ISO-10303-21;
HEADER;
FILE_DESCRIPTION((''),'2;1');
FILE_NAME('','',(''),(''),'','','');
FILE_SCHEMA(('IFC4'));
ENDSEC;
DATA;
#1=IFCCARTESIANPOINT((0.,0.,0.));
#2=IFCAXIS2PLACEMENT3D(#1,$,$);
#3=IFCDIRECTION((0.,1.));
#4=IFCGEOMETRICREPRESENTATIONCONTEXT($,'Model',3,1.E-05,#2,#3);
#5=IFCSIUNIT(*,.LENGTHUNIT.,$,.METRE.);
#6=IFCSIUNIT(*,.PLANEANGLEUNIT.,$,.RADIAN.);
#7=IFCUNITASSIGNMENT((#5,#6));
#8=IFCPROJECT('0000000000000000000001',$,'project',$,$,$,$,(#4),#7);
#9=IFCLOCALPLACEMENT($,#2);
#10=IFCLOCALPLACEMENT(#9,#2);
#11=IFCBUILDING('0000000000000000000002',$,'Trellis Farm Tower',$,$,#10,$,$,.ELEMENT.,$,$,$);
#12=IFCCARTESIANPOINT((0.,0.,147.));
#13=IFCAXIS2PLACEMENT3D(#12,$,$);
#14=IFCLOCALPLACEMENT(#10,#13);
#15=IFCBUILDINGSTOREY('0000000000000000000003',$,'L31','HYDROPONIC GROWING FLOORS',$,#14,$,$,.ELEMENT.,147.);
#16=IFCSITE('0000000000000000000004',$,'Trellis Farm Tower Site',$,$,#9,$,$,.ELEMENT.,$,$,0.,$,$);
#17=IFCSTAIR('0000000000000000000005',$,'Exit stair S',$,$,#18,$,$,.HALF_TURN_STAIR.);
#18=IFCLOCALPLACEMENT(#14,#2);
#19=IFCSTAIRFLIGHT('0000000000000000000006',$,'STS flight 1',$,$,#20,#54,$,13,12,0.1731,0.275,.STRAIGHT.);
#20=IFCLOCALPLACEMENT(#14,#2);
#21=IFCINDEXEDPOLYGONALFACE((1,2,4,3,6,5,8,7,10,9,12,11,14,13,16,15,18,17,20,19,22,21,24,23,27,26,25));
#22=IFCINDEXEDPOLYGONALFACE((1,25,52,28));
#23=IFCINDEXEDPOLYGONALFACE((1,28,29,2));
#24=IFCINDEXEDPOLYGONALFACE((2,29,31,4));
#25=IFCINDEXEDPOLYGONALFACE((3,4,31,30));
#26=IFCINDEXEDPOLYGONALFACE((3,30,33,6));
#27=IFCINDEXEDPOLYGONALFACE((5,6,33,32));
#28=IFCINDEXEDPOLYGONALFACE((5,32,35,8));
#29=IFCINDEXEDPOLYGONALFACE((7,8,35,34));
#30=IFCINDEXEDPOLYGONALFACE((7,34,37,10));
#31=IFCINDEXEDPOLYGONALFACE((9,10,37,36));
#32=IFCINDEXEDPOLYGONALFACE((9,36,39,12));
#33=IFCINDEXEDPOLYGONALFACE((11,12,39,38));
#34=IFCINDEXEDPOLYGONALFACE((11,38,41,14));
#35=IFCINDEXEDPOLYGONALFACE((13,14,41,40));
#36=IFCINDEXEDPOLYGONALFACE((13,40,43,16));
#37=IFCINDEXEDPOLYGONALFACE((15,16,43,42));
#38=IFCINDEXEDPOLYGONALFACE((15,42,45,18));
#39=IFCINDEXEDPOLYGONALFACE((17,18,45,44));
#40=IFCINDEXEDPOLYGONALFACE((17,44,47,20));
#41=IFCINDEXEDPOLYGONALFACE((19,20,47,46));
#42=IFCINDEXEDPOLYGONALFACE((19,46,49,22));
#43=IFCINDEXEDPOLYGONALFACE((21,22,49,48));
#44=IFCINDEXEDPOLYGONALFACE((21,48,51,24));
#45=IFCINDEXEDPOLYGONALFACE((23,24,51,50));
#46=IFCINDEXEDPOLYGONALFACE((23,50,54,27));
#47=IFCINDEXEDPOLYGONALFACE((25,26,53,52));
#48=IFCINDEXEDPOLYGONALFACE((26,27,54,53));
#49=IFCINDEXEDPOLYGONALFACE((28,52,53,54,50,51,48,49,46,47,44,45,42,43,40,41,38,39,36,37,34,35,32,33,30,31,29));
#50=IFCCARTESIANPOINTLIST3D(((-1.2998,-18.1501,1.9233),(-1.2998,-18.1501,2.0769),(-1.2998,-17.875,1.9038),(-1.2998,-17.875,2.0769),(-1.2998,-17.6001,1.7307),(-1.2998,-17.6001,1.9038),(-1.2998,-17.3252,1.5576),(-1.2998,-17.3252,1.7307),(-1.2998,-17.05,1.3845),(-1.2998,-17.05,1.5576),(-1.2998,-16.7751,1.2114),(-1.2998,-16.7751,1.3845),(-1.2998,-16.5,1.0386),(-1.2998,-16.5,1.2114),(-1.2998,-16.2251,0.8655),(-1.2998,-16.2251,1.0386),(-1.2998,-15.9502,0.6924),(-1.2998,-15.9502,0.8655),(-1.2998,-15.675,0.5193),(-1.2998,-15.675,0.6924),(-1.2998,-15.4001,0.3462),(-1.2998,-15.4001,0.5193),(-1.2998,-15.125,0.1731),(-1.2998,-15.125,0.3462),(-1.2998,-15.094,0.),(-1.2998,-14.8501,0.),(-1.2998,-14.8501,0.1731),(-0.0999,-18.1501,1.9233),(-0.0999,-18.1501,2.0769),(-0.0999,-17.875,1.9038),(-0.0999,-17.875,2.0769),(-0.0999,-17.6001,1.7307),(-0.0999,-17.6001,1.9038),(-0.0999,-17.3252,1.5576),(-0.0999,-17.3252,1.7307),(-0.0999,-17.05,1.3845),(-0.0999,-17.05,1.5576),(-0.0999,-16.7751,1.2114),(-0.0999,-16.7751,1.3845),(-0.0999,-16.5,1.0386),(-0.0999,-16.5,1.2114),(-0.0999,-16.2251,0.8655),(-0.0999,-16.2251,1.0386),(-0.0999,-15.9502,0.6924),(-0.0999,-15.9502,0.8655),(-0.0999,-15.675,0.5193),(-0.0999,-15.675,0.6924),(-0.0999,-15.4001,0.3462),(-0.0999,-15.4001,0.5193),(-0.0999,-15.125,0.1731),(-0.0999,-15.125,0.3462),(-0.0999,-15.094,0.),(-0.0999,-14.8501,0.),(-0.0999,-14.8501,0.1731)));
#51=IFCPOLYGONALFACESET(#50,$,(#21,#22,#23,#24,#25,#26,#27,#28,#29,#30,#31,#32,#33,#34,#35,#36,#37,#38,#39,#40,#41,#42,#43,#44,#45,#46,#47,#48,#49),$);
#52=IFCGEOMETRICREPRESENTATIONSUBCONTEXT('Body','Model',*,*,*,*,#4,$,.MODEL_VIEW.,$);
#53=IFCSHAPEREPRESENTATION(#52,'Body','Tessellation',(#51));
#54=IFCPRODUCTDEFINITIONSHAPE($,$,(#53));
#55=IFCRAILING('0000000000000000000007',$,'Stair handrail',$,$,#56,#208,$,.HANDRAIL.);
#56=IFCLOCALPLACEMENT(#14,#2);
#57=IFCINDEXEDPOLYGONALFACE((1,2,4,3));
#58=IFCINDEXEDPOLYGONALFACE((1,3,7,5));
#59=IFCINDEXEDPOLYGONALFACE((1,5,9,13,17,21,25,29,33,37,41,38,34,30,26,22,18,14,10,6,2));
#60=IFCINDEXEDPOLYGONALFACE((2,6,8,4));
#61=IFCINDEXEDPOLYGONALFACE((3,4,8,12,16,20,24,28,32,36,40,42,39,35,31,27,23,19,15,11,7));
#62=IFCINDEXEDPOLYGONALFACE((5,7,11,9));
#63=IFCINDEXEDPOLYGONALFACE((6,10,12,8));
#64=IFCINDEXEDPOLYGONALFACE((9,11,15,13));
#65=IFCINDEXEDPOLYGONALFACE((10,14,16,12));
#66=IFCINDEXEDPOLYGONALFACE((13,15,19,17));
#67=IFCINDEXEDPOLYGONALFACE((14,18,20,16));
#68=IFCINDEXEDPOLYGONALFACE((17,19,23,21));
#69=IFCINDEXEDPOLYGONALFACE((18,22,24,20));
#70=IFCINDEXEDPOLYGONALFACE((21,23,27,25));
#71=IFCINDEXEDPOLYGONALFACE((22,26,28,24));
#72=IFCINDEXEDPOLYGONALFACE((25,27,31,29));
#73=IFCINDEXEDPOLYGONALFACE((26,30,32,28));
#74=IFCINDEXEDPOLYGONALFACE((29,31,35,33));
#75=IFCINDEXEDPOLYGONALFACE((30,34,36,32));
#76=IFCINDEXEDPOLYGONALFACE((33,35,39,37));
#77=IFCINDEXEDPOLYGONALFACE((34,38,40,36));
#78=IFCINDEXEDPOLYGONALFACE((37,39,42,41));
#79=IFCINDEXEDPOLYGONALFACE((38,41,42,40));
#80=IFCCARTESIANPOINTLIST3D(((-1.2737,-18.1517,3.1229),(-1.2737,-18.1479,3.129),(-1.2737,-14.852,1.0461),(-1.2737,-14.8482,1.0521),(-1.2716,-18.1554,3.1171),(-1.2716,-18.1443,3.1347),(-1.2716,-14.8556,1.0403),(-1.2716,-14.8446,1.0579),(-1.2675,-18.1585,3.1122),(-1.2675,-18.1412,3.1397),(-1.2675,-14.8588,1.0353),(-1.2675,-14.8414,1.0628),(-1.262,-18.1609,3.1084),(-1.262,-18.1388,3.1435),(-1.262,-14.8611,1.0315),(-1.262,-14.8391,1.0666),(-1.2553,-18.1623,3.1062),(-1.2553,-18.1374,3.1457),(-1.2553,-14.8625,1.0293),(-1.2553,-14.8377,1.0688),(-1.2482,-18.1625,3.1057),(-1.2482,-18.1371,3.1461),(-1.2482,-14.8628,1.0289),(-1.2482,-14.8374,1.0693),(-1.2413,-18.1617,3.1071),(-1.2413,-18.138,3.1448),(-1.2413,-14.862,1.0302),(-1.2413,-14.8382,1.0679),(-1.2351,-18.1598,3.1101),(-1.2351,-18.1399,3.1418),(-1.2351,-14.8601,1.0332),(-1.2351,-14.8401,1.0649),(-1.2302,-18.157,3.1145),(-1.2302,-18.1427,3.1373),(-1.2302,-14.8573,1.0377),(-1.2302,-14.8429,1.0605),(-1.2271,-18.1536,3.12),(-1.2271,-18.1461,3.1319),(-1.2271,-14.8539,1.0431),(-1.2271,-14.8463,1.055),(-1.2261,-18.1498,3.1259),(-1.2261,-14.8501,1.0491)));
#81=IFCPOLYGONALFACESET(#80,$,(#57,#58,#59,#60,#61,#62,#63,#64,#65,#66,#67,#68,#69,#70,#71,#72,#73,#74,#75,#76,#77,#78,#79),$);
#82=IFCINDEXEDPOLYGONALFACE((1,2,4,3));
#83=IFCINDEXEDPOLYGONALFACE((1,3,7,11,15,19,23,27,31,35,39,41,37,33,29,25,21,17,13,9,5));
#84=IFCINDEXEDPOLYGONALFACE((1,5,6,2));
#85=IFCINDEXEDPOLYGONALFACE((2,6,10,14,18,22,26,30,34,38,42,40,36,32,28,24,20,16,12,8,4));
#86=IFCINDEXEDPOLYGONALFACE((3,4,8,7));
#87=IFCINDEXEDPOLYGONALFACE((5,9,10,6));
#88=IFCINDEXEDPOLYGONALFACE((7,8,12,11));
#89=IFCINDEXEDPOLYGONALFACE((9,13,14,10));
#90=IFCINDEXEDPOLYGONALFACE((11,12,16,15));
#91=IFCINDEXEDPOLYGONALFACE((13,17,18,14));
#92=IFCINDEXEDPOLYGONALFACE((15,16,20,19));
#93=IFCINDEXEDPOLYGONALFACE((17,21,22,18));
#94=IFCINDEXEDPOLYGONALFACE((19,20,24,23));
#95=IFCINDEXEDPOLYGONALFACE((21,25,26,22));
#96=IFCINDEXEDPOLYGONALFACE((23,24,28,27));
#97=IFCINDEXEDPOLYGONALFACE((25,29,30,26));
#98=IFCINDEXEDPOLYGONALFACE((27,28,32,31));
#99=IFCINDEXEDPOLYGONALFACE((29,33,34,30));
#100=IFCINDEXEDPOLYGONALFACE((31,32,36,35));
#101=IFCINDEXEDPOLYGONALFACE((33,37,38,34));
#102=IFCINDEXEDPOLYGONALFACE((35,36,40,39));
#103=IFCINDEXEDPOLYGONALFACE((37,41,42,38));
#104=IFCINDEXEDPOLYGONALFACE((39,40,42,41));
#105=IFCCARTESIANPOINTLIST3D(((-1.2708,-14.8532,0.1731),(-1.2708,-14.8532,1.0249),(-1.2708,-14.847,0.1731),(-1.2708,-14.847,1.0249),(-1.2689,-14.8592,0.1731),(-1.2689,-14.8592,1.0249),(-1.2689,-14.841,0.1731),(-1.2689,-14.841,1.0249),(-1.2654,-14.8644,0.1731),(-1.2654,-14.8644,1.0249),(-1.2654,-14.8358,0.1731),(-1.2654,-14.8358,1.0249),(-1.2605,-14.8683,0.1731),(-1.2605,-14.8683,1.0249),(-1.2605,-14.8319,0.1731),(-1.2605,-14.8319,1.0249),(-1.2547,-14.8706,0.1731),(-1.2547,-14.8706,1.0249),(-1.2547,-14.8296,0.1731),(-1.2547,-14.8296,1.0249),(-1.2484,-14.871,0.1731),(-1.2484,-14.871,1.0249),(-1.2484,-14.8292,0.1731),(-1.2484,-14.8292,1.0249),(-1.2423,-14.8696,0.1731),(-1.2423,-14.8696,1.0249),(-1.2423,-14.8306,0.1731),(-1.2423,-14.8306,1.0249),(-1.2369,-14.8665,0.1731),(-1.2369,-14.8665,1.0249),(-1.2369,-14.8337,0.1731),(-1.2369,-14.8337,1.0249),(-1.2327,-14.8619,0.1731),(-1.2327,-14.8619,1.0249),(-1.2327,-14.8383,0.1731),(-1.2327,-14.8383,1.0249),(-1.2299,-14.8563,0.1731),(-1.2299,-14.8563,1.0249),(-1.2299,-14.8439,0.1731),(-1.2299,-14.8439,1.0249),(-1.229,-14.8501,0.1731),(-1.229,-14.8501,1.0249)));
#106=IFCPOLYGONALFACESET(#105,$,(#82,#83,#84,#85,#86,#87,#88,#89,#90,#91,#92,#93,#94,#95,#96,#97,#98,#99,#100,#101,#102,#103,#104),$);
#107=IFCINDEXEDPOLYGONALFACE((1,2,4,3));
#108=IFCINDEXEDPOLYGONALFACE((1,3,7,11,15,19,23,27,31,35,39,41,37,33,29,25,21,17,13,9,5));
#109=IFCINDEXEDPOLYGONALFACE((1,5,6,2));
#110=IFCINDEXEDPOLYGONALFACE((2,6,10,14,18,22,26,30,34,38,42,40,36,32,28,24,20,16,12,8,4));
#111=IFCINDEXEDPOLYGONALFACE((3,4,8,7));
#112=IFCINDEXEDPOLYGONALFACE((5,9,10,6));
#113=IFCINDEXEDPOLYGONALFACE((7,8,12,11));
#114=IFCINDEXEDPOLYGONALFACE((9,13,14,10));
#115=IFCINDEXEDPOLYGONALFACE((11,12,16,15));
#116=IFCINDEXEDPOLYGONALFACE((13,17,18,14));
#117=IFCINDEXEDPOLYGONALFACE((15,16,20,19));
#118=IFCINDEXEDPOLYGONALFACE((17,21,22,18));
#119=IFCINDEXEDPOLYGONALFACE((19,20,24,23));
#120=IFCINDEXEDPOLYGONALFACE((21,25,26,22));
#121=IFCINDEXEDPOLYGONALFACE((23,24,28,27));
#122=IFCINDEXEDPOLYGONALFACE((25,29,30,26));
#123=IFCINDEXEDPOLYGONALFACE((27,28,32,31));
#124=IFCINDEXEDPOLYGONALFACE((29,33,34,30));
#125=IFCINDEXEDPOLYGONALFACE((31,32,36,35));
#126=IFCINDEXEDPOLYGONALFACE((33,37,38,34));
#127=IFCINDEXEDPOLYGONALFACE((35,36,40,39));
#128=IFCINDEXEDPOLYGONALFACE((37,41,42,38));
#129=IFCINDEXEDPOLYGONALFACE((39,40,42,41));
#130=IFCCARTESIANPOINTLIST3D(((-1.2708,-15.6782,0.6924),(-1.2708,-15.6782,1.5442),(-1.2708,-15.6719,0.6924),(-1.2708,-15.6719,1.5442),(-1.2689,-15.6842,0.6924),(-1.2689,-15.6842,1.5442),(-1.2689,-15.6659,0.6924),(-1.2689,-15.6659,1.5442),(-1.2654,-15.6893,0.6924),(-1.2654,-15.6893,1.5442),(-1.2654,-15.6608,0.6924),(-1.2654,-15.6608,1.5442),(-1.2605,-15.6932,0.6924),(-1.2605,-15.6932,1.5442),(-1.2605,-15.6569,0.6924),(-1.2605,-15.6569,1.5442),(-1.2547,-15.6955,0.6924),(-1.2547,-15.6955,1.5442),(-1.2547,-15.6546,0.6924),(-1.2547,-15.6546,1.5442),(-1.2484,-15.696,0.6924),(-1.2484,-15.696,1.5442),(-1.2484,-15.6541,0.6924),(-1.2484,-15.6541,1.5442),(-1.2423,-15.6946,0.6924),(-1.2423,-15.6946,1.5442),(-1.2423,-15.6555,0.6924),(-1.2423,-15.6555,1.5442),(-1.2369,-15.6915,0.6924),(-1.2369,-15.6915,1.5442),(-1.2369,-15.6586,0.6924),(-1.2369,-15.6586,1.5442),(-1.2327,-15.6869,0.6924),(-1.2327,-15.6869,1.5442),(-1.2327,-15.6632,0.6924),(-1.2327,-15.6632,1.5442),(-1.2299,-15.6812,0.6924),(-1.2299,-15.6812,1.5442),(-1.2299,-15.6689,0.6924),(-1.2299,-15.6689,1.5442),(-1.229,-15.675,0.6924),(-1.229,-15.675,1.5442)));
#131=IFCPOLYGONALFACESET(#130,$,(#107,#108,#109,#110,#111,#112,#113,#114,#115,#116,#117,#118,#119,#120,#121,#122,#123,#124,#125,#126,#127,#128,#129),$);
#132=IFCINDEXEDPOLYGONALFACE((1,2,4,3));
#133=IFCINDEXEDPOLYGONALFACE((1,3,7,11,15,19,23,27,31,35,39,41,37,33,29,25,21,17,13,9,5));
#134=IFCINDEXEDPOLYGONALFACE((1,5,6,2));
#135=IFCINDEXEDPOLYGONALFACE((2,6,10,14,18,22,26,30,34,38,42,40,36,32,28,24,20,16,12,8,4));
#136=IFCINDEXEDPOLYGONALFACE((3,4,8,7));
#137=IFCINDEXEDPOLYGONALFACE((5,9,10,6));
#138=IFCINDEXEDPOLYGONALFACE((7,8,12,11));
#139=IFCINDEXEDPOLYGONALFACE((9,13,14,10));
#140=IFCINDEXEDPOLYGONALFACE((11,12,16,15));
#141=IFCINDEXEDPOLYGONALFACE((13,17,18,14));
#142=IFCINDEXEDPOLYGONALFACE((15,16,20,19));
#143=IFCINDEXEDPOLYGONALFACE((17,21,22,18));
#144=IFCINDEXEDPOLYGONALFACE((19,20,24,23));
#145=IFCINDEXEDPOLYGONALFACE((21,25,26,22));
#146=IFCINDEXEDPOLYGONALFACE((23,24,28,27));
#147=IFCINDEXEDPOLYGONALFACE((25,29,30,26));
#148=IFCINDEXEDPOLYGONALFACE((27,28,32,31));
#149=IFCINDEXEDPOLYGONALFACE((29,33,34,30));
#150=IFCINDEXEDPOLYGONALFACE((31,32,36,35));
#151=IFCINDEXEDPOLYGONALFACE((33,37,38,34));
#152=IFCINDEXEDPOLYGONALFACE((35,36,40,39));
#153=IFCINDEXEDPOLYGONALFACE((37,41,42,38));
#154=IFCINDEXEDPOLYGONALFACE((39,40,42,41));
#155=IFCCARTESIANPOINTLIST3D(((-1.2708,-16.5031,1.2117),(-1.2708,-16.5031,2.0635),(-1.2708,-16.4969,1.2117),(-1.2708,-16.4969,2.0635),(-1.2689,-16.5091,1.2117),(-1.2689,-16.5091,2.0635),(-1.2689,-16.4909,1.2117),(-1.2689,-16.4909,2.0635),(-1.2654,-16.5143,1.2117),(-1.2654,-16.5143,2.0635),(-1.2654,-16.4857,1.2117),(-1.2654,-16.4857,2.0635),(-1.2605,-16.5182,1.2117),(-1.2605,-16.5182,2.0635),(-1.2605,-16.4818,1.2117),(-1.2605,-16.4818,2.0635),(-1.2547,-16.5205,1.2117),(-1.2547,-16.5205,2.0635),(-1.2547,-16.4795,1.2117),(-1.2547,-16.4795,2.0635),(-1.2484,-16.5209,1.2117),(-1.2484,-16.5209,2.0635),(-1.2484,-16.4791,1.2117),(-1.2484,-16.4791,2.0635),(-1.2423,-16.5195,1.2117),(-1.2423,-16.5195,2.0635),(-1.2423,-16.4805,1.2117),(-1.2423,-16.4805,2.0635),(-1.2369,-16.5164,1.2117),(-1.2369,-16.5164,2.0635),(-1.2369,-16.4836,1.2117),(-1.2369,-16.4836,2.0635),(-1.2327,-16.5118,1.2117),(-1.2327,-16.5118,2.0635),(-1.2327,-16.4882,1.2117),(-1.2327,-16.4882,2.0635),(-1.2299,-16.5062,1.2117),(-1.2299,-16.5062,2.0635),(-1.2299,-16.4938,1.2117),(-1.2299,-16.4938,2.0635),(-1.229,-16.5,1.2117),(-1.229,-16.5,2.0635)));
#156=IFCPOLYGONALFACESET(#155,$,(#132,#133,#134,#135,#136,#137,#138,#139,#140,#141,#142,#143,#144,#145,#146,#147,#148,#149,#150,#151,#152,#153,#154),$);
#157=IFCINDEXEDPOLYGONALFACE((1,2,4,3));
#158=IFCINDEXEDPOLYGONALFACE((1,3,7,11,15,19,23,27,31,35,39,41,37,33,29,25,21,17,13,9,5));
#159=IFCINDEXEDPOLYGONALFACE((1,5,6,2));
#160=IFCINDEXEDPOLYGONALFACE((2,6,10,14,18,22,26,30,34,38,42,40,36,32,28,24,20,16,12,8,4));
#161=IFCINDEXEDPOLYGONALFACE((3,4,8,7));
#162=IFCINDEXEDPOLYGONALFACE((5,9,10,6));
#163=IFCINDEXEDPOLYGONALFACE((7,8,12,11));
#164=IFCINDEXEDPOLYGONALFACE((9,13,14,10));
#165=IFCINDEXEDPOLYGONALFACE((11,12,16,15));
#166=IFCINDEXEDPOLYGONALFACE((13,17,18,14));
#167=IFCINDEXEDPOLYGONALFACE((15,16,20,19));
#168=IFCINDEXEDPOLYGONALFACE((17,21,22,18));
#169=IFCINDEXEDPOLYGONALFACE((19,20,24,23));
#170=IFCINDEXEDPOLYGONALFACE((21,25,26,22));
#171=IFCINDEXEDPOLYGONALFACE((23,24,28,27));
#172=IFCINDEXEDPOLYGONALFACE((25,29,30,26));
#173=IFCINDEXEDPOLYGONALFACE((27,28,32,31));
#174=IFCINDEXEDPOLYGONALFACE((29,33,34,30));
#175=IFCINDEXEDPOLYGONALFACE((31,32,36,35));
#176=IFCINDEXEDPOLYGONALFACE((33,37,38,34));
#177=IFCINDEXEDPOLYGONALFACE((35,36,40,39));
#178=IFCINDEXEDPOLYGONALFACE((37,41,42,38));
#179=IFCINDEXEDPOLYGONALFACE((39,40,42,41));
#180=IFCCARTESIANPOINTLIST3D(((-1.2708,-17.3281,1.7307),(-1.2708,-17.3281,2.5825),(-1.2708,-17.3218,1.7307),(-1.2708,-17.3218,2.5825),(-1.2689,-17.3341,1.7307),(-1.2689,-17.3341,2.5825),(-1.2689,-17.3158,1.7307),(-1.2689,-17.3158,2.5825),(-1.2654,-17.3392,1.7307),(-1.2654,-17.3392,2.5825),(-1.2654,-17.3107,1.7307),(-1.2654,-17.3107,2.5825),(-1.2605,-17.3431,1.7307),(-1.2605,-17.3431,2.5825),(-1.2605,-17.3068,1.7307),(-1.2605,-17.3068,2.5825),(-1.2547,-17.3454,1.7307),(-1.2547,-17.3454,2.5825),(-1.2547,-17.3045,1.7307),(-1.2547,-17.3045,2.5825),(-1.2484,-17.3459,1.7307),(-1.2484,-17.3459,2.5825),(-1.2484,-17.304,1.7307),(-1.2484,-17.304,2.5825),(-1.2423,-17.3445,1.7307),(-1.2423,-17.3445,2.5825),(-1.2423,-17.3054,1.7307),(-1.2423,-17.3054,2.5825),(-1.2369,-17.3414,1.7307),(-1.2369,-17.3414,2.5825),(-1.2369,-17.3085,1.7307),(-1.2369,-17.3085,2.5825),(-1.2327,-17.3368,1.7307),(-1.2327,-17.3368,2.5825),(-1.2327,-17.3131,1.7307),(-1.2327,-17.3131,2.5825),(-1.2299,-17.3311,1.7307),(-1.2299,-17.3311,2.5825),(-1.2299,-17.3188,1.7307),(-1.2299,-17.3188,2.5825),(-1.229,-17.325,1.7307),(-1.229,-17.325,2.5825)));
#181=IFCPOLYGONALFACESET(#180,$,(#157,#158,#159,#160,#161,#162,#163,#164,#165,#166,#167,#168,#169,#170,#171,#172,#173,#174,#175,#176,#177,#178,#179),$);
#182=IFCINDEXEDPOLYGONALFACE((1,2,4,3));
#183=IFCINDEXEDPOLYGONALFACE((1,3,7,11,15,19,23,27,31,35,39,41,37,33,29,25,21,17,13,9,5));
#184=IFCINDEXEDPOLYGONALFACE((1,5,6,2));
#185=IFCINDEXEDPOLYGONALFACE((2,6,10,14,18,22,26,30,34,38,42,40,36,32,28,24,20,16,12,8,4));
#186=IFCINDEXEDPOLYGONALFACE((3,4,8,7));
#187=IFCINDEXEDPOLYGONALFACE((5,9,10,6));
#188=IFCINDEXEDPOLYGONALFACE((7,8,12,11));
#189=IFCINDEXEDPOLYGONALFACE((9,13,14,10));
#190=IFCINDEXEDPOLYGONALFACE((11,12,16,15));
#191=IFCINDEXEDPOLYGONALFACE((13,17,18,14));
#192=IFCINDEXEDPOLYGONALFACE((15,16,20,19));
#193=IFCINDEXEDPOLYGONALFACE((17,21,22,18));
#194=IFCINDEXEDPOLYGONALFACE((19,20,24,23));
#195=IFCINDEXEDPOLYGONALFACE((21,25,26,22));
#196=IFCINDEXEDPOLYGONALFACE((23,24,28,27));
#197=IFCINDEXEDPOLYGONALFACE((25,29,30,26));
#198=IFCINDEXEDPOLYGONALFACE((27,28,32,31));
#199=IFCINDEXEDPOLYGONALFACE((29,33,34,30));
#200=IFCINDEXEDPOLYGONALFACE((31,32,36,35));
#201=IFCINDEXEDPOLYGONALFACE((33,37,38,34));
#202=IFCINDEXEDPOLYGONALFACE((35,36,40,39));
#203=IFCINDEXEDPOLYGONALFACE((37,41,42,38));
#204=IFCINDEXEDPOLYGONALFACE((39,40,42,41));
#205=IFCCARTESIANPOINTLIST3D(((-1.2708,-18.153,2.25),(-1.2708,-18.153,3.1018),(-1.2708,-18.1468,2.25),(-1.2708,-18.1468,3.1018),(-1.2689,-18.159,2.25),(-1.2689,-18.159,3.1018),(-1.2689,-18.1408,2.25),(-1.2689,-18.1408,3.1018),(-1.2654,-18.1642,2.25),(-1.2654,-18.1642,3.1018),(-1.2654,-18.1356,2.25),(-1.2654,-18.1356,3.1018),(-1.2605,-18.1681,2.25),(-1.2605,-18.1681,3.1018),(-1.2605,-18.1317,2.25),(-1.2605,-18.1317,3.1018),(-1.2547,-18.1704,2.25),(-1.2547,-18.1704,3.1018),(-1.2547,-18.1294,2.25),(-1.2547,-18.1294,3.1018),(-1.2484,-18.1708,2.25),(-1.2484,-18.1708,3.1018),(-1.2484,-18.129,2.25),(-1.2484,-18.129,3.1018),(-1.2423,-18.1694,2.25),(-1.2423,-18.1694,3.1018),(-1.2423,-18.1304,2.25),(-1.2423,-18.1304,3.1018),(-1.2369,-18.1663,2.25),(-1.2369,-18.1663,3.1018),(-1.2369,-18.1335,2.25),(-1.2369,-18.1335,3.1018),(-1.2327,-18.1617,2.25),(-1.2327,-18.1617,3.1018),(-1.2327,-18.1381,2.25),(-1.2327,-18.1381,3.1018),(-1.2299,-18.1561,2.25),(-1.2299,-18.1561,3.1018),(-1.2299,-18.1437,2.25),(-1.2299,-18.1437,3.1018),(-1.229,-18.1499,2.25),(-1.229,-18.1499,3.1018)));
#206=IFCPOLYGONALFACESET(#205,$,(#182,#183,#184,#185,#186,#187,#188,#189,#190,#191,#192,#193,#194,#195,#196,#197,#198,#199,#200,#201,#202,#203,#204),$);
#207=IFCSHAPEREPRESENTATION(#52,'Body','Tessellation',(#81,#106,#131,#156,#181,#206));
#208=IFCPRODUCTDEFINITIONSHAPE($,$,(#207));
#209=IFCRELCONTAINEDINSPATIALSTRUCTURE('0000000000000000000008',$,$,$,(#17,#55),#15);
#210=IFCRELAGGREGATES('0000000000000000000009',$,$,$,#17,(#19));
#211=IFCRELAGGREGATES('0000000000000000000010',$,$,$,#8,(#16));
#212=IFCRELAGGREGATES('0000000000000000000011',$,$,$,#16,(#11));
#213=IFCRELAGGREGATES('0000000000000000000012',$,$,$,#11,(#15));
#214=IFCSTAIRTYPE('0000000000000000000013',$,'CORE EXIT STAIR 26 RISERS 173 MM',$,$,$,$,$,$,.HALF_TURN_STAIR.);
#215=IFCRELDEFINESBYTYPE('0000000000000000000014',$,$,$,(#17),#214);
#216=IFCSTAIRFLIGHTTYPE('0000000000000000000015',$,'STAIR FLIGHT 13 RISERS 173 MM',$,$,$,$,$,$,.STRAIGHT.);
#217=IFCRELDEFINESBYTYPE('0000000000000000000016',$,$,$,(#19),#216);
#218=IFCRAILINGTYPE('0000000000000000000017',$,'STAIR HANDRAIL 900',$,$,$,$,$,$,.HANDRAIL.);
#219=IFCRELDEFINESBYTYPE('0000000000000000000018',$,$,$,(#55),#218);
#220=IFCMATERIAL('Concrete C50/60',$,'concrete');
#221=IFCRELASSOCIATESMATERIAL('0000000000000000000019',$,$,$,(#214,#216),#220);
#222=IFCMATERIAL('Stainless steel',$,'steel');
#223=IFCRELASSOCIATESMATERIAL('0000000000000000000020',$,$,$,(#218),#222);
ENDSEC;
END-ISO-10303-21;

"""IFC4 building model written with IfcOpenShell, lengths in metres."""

from ifc_helpers import new_model, si_unit, direction, frame, origin, origin_2d, place, context, subcontext, project, spatial, polyline, circle, outline, extrude, source, transform, mapped, material, type_object, element, aggregate, save


model = new_model("IFC4")

# Units and contexts
model_context = context("Model", 3, precision=1e-05, world=origin(), true_north=direction((0.0, 1.0)))
body_context = subcontext(model_context, "Body", "Model", "MODEL_VIEW")
ifc_project = project(units=[si_unit("LENGTHUNIT", "METRE"), si_unit("PLANEANGLEUNIT", "RADIAN")], contexts=[model_context])

# Site, building, storey
site_placement = place(None, origin())
site = spatial("IfcSite", under=ifc_project, at=site_placement, Name="Trellis Farm Tower Site", CompositionType="ELEMENT", RefElevation=0.0)
building_placement = place(site_placement, origin())
building = spatial("IfcBuilding", under=site, at=building_placement, Name="Trellis Farm Tower", CompositionType="ELEMENT")
storey_placement = place(building_placement, frame((0.0, 0.0, 147.0)))
storey = spatial("IfcBuildingStorey", under=building, at=storey_placement, Name="L31", Description="HYDROPONIC GROWING FLOORS", CompositionType="ELEMENT", Elevation=147.0)

# Shared definitions
placement = place(storey_placement, origin())

# Stair, stair flight
ifc_material_1 = material(Name="Concrete C50/60", Category="concrete")
stair_type = type_object("IfcStairType", Name="CORE EXIT STAIR 26 RISERS 173 MM", PredefinedType="HALF_TURN_STAIR", material=ifc_material_1)
stair = element("IfcStair", 1, at=placement, inside=storey, type_object=stair_type, Name="Exit stair S", PredefinedType="HALF_TURN_STAIR")
stair_flight_type = type_object("IfcStairFlightType", Name="STAIR FLIGHT 13 RISERS 173 MM", PredefinedType="STRAIGHT", material=ifc_material_1)
shared_shape_1 = source(origin(), body_context, "Body", "SweptSolid", [
    extrude(outline(polyline([(0.0, 0.0), (0.0, 0.1731), (0.2749, 0.1731), (0.2749, 0.3462), (0.55, 0.3462), (0.55, 0.5193), (0.825, 0.5193), (0.825, 0.6924), (1.1001, 0.6924), (1.1001, 0.8655), (1.375, 0.8655), (1.375, 1.0386), (1.6499, 1.0386), (1.6499, 1.2114), (1.925, 1.2114), (1.925, 1.3845), (2.2, 1.3845), (2.2, 1.5576), (2.4751, 1.5576), (2.4751, 1.7307), (2.75, 1.7307), (2.75, 1.9038), (3.0249, 1.9038), (3.0249, 2.0769), (3.3, 2.0769), (3.3, 2.25), (3.3, 1.9233), (0.2439, 0.0), (0.0, 0.0)])), frame((0.0, 0.6001, 0.0), z_axis=(0.0, -1.0, 0.0), x_axis=(1.0, 0.0, 0.0)), (0.0, 0.0, 1.0), 1.2),
])
stair_flight_placement = place(storey_placement, frame((-0.7, -14.8501, 0.0), z_axis=(0.0, 0.0, 1.0), x_axis=(0.0, -1.0, 0.0)))
stair_flight = element("IfcStairFlight", 2, at=stair_flight_placement, type_object=stair_flight_type, Name="STS flight 1", NumberOfRisers=13, NumberOfTreads=12, PredefinedType="STRAIGHT", RiserHeight=0.1731, TreadLength=0.275, context=body_context, shape_type="MappedRepresentation", body=[
    mapped(shared_shape_1, transform((0.0, 0.0, 0.0))),
])
aggregate(stair, [stair_flight])

# Railing
ifc_material_2 = material(Name="Stainless steel", Category="steel")
railing_type = type_object("IfcRailingType", Name="STAIR HANDRAIL 900", PredefinedType="HANDRAIL", material=ifc_material_2)
shared_shape_2 = source(origin(), body_context, "Body", "SweptSolid", [
    extrude(circle(Radius=0.0239, at=origin_2d()), frame((0.0, 0.0, 0.876), z_axis=(0.0, -0.84632, 0.532675), x_axis=(1.0, 0.0, 0.0)), (0.0, 0.0, 1.0), 3.8989),
    extrude(circle(Radius=0.021, at=origin_2d()), origin(), (0.0, 0.0, 1.0), 0.8518),
    extrude(circle(Radius=0.021, at=origin_2d()), frame((0.0, -0.825, 0.5193)), (0.0, 0.0, 1.0), 0.8518),
    extrude(circle(Radius=0.021, at=origin_2d()), frame((0.0, -1.6499, 1.0386)), (0.0, 0.0, 1.0), 0.8518),
    extrude(circle(Radius=0.021, at=origin_2d()), frame((0.0, -2.4749, 1.5576)), (0.0, 0.0, 1.0), 0.8518),
    extrude(circle(Radius=0.021, at=origin_2d()), frame((0.0, -3.2998, 2.0769)), (0.0, 0.0, 1.0), 0.8518),
])
railing_placement = place(storey_placement, frame((-1.25, -14.8501, 0.1731)))
element("IfcRailing", 3, at=railing_placement, inside=storey, type_object=railing_type, Name="Stair handrail", PredefinedType="HANDRAIL", context=body_context, shape_type="MappedRepresentation", body=[
    mapped(shared_shape_2, transform((0.0, 0.0, 0.0))),
])

save(model, "model.ifc")
